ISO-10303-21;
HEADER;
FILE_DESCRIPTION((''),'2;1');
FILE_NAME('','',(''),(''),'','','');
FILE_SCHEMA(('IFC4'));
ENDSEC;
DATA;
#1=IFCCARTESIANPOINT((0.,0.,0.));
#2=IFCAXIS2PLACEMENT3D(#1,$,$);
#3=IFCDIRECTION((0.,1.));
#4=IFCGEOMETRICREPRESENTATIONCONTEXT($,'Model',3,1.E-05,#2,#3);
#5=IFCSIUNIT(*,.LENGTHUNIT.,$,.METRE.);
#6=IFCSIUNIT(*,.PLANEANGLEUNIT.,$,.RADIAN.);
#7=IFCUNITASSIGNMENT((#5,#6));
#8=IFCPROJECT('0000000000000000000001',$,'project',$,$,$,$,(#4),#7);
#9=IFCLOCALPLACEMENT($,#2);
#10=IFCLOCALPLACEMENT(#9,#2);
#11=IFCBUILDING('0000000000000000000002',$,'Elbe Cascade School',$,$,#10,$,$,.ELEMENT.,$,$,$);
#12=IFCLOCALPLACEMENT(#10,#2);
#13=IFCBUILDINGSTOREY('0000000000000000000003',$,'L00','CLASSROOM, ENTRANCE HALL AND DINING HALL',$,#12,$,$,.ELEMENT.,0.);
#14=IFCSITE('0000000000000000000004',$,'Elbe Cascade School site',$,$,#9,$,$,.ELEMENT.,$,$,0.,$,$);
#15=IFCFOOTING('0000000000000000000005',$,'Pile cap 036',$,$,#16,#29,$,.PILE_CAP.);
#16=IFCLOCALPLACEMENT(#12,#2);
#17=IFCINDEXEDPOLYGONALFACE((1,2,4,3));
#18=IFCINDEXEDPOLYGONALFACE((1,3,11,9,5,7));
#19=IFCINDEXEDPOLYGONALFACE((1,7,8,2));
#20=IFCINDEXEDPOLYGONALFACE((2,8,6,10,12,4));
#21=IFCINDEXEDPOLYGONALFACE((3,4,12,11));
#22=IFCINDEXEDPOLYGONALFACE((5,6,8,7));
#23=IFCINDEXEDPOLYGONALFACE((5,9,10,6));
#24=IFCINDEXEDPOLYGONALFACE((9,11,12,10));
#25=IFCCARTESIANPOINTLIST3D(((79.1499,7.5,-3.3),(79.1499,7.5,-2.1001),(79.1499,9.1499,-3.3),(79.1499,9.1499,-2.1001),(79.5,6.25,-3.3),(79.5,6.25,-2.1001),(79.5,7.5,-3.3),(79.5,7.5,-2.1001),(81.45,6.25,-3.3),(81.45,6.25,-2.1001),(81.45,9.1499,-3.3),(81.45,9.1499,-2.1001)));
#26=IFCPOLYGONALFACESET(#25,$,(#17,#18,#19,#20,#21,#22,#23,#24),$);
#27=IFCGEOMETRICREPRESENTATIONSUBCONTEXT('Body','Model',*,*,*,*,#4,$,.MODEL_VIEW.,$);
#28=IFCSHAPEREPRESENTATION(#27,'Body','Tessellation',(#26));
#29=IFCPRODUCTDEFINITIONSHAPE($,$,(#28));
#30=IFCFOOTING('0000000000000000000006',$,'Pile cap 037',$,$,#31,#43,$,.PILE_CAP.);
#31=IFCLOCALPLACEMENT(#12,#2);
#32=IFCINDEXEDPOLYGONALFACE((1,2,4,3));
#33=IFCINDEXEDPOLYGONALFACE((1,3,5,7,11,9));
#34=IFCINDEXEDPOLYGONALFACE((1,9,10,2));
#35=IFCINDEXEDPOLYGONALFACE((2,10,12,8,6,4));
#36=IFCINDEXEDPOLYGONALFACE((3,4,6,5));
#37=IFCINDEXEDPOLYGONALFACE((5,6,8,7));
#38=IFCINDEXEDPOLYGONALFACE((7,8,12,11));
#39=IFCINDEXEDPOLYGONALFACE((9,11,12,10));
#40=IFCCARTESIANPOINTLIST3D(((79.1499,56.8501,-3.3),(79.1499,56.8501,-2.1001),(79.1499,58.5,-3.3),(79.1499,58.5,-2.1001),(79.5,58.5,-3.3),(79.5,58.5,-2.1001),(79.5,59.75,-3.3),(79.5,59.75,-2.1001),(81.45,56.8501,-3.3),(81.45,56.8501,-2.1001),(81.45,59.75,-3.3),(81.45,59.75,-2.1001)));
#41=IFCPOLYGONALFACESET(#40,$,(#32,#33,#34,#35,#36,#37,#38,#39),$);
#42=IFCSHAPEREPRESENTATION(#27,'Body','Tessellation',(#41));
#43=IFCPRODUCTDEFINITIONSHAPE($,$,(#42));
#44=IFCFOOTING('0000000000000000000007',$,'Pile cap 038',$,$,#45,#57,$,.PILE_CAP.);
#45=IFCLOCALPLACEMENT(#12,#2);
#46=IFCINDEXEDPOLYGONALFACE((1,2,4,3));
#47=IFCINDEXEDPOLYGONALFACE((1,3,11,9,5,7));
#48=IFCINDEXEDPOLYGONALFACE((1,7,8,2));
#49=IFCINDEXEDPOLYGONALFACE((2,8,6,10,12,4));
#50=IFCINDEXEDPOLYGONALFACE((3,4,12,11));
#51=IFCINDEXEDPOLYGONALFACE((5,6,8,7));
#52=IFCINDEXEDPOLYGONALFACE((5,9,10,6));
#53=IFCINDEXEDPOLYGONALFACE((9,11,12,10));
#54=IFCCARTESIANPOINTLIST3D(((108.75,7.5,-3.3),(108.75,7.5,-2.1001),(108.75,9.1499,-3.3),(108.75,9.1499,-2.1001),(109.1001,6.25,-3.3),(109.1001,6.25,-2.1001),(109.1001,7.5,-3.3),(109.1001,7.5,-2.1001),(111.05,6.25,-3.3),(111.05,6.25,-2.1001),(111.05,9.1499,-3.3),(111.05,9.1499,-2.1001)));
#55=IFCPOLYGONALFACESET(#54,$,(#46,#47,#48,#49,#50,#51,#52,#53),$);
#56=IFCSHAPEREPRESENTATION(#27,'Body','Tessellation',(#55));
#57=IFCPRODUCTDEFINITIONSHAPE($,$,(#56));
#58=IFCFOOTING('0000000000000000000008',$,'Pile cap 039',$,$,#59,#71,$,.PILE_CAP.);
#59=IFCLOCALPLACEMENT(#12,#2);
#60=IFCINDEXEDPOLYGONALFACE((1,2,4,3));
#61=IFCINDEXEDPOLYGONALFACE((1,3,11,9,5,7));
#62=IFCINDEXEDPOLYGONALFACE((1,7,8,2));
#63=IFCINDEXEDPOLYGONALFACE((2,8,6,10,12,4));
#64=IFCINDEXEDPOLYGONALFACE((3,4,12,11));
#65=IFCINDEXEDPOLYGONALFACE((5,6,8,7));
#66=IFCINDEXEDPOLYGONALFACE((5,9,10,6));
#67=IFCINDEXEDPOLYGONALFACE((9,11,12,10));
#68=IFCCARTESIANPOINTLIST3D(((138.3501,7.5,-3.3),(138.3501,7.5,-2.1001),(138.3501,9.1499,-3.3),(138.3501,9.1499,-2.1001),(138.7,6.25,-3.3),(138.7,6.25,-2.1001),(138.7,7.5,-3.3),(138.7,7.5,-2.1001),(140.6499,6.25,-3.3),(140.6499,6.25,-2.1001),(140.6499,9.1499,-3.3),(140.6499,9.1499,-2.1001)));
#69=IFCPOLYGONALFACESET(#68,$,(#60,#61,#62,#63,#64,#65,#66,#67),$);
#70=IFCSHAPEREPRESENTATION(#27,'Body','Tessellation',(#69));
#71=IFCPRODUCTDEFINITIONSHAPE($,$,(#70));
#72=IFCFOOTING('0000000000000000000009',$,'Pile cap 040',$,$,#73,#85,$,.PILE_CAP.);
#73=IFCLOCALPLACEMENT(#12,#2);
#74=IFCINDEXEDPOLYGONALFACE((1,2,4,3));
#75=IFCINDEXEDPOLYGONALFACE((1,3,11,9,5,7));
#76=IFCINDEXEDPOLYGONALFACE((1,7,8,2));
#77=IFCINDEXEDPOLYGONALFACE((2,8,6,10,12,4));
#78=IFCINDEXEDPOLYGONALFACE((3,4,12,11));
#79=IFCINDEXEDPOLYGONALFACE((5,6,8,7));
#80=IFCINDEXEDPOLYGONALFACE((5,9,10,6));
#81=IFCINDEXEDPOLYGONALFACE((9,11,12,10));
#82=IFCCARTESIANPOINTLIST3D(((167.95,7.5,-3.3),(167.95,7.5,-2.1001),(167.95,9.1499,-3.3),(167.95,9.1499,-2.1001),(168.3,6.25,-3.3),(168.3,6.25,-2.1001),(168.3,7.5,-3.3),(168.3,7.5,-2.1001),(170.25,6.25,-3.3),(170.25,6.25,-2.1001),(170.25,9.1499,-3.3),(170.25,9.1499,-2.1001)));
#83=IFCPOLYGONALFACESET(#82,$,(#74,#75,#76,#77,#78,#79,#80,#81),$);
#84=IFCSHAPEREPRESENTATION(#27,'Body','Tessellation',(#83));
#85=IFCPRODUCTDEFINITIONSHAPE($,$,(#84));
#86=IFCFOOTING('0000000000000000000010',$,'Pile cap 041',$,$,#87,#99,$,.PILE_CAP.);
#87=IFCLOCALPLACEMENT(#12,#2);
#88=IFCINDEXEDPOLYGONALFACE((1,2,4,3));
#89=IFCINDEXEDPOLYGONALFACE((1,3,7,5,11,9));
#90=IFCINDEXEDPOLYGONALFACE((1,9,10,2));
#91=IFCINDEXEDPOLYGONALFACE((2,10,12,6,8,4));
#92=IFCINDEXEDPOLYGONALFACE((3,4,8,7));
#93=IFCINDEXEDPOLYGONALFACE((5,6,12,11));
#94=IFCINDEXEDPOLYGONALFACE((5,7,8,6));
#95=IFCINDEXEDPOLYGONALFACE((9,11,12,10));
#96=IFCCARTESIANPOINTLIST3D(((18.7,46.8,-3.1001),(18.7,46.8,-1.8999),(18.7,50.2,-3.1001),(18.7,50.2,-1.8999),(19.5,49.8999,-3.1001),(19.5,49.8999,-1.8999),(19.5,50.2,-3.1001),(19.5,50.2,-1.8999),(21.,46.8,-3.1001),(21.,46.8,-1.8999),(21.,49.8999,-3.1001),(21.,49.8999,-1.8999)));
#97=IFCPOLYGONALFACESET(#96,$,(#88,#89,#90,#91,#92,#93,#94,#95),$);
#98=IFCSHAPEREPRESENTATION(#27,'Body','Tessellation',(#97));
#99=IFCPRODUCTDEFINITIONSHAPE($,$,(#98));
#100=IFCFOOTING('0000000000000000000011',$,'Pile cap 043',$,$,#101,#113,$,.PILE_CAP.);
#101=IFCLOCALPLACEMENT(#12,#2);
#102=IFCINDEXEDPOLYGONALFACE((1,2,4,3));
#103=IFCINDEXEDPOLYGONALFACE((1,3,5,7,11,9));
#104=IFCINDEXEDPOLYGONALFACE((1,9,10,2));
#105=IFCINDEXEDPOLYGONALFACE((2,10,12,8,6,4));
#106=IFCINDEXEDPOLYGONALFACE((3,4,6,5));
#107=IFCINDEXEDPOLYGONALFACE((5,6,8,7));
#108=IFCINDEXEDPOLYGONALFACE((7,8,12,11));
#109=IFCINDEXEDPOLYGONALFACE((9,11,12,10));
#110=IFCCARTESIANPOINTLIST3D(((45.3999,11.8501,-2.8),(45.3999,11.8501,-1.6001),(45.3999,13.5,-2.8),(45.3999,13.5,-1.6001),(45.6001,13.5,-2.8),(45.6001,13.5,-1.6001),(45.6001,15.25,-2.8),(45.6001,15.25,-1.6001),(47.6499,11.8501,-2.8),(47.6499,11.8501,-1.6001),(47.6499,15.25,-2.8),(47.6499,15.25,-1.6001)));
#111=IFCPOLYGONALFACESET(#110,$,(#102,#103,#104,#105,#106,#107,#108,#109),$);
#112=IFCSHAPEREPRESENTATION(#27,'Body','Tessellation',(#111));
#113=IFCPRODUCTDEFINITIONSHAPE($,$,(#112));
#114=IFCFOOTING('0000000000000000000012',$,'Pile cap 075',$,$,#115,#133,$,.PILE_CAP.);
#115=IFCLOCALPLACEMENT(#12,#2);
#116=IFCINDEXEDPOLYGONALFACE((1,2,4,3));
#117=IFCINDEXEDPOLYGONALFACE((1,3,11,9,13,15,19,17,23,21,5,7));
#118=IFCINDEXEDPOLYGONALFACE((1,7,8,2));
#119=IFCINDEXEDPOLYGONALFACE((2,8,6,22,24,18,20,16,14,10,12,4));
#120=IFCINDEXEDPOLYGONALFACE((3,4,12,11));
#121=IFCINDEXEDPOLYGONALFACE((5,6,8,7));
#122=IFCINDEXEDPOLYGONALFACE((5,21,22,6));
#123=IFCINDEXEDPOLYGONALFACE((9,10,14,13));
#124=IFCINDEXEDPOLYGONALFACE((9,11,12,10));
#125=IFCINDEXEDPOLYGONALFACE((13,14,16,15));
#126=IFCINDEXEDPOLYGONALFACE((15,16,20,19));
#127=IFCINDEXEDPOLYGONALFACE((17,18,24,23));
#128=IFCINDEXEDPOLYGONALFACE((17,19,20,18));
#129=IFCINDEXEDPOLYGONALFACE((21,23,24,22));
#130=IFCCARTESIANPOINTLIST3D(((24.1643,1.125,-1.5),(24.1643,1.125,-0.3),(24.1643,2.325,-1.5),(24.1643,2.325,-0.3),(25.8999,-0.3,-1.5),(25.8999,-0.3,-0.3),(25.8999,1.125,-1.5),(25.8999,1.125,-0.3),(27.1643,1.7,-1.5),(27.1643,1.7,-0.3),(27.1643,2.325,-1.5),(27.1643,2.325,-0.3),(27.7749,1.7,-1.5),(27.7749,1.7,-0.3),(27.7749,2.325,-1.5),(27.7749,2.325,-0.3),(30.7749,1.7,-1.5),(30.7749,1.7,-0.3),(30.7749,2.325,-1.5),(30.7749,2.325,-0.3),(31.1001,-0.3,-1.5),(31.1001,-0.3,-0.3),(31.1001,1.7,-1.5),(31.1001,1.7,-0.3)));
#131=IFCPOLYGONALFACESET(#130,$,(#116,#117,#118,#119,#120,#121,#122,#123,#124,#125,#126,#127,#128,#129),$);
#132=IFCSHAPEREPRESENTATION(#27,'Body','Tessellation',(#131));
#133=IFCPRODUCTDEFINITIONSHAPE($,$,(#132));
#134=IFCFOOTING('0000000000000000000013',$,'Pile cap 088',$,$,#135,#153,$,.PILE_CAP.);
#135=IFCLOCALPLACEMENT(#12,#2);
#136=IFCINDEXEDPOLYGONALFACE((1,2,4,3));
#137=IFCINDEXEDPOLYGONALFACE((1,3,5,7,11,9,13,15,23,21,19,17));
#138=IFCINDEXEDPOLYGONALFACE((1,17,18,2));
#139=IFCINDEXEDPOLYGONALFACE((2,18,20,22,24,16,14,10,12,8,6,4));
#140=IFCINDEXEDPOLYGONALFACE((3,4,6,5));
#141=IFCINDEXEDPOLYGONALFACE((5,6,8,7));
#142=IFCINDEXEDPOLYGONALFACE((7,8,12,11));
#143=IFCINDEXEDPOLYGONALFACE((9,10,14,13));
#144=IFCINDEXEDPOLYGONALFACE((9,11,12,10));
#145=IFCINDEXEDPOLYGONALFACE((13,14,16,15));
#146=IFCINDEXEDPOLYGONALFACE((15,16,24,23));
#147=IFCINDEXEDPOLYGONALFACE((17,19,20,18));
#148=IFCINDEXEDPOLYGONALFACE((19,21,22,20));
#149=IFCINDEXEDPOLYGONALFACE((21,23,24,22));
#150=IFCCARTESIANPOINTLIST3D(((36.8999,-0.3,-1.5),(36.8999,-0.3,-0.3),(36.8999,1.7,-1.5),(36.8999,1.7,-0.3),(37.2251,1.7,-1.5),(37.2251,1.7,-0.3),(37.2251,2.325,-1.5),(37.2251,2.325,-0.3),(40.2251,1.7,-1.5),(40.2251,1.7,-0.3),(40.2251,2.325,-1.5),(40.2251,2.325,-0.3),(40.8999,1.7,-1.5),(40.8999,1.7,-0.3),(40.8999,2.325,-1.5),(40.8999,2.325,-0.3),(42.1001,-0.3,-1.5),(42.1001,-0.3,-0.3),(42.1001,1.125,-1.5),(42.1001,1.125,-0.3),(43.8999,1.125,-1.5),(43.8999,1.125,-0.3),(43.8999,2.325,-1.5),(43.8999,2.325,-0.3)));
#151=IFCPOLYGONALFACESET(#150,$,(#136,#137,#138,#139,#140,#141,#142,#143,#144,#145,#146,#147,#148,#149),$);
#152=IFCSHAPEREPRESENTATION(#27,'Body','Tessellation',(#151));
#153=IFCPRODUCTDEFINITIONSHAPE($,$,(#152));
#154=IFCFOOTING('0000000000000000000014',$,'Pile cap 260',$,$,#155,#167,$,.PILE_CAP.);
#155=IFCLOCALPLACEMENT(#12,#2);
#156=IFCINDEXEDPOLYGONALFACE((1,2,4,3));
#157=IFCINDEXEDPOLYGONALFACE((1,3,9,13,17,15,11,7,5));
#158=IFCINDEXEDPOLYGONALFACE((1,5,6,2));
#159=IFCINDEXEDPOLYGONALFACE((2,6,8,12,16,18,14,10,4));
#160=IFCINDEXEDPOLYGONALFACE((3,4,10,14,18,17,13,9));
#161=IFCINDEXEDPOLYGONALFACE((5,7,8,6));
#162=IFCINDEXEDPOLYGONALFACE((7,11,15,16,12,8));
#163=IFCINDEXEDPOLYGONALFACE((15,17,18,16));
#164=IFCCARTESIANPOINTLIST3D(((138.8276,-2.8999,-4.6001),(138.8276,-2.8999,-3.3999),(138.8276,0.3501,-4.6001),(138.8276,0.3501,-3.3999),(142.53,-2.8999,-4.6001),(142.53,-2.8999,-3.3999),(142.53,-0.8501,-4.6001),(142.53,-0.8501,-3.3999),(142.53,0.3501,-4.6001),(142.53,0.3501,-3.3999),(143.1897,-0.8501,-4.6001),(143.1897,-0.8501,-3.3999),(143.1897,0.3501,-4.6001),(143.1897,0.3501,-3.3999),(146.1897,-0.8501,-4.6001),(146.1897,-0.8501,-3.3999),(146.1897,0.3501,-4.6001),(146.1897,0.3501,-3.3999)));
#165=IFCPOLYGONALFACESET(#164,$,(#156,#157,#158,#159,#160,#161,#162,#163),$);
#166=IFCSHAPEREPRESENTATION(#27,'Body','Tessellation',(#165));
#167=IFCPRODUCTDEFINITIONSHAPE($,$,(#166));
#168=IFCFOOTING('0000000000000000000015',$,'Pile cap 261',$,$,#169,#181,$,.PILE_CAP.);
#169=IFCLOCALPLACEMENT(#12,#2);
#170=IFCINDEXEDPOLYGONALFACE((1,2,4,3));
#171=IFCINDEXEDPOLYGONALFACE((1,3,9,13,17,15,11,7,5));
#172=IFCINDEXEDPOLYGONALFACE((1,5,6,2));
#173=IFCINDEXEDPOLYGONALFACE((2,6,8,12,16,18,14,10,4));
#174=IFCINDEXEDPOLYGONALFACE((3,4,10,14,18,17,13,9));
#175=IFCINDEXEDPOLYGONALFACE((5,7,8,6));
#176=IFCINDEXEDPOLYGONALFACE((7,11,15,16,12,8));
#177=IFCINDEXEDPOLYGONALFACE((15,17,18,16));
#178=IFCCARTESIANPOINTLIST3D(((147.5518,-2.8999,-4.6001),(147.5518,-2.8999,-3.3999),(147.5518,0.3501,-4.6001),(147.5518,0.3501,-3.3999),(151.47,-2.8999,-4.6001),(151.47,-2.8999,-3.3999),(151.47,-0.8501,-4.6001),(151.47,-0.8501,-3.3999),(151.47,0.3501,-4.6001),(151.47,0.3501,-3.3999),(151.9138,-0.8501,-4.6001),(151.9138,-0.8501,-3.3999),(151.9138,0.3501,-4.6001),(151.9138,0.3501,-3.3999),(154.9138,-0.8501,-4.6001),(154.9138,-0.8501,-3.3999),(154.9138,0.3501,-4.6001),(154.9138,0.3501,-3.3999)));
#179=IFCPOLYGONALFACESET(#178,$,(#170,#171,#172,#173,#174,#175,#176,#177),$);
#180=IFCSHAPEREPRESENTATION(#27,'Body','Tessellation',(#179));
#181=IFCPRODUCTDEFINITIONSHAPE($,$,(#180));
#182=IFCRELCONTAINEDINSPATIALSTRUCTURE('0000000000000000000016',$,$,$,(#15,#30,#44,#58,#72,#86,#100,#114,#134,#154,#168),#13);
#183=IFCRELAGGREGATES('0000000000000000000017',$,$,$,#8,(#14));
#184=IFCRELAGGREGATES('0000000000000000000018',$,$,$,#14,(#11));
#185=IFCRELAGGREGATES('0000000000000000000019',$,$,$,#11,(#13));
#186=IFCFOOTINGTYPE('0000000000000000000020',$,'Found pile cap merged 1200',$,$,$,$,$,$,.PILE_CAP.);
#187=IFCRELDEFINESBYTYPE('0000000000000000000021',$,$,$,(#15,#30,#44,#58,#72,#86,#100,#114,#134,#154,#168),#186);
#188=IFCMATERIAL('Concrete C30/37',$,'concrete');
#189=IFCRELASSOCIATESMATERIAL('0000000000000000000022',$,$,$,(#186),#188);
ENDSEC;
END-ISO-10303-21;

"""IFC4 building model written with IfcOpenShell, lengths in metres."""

from ifc_helpers import new_model, si_unit, direction, frame, origin, place, context, subcontext, project, spatial, polyline, outline, extrude, material, type_object, element, save


model = new_model("IFC4")

# Units and contexts
model_context = context("Model", 3, precision=1e-05, world=origin(), true_north=direction((0.0, 1.0)))
body_context = subcontext(model_context, "Body", "Model", "MODEL_VIEW")
ifc_project = project(units=[si_unit("LENGTHUNIT", "METRE"), si_unit("PLANEANGLEUNIT", "RADIAN")], contexts=[model_context])

# Site, building, storey
site_placement = place(None, origin())
site = spatial("IfcSite", under=ifc_project, at=site_placement, Name="Elbe Cascade School site", CompositionType="ELEMENT", RefElevation=0.0)
building_placement = place(site_placement, origin())
building = spatial("IfcBuilding", under=site, at=building_placement, Name="Elbe Cascade School", CompositionType="ELEMENT")
storey_placement = place(building_placement, origin())
storey = spatial("IfcBuildingStorey", under=building, at=storey_placement, Name="L00", Description="CLASSROOM, ENTRANCE HALL AND DINING HALL", CompositionType="ELEMENT", Elevation=0.0)

# Footings
ifc_material_1 = material(Name="Concrete C30/37", Category="concrete")
footing_type = type_object("IfcFootingType", Name="Found pile cap merged 1200", PredefinedType="PILE_CAP", material=ifc_material_1)
footing_1_placement = place(storey_placement, frame((0.0, 0.0, -3.3)))
element("IfcFooting", 1, at=footing_1_placement, inside=storey, type_object=footing_type, Name="Pile cap 036", PredefinedType="PILE_CAP", context=body_context, shape_type="SweptSolid", body=[
    extrude(outline(polyline([(79.1499, 9.1499), (81.45, 9.1499), (81.45, 6.25), (79.5, 6.25), (79.5, 7.5), (79.1499, 7.5), (79.1499, 9.1499)])), origin(), (0.0, 0.0, 1.0), 1.2),
])
footing_2_placement = place(storey_placement, frame((0.0, 0.0, -3.3)))
element("IfcFooting", 2, at=footing_2_placement, inside=storey, type_object=footing_type, Name="Pile cap 037", PredefinedType="PILE_CAP", context=body_context, shape_type="SweptSolid", body=[
    extrude(outline(polyline([(81.45, 59.75), (81.45, 56.8501), (79.1499, 56.8501), (79.1499, 58.5), (79.5, 58.5), (79.5, 59.75), (81.45, 59.75)])), origin(), (0.0, 0.0, 1.0), 1.2),
])
footing_3_placement = place(storey_placement, frame((0.0, 0.0, -3.3)))
element("IfcFooting", 3, at=footing_3_placement, inside=storey, type_object=footing_type, Name="Pile cap 038", PredefinedType="PILE_CAP", context=body_context, shape_type="SweptSolid", body=[
    extrude(outline(polyline([(108.75, 9.1499), (111.05, 9.1499), (111.05, 6.25), (109.1001, 6.25), (109.1001, 7.5), (108.75, 7.5), (108.75, 9.1499)])), origin(), (0.0, 0.0, 1.0), 1.2),
])
footing_4_placement = place(storey_placement, frame((0.0, 0.0, -3.3)))
element("IfcFooting", 4, at=footing_4_placement, inside=storey, type_object=footing_type, Name="Pile cap 039", PredefinedType="PILE_CAP", context=body_context, shape_type="SweptSolid", body=[
    extrude(outline(polyline([(138.3501, 9.1499), (140.6499, 9.1499), (140.6499, 6.25), (138.7, 6.25), (138.7, 7.5), (138.3501, 7.5), (138.3501, 9.1499)])), origin(), (0.0, 0.0, 1.0), 1.2),
])
footing_5_placement = place(storey_placement, frame((0.0, 0.0, -3.3)))
element("IfcFooting", 5, at=footing_5_placement, inside=storey, type_object=footing_type, Name="Pile cap 040", PredefinedType="PILE_CAP", context=body_context, shape_type="SweptSolid", body=[
    extrude(outline(polyline([(167.95, 9.1499), (170.25, 9.1499), (170.25, 6.25), (168.3, 6.25), (168.3, 7.5), (167.95, 7.5), (167.95, 9.1499)])), origin(), (0.0, 0.0, 1.0), 1.2),
])
footing_6_placement = place(storey_placement, frame((0.0, 0.0, -3.1001)))
element("IfcFooting", 6, at=footing_6_placement, inside=storey, type_object=footing_type, Name="Pile cap 041", PredefinedType="PILE_CAP", context=body_context, shape_type="SweptSolid", body=[
    extrude(outline(polyline([(21.0, 46.8), (18.7, 46.8), (18.7, 50.2), (19.5, 50.2), (19.5, 49.8999), (21.0, 49.8999), (21.0, 46.8)])), origin(), (0.0, 0.0, 1.0), 1.2002),
])
footing_7_placement = place(storey_placement, frame((0.0, 0.0, -2.8)))
element("IfcFooting", 7, at=footing_7_placement, inside=storey, type_object=footing_type, Name="Pile cap 043", PredefinedType="PILE_CAP", context=body_context, shape_type="SweptSolid", body=[
    extrude(outline(polyline([(47.6499, 15.25), (47.6499, 11.8501), (45.3999, 11.8501), (45.3999, 13.5), (45.6001, 13.5), (45.6001, 15.25), (47.6499, 15.25)])), origin(), (0.0, 0.0, 1.0), 1.2),
])
footing_8_placement = place(storey_placement, frame((0.0, 0.0, -1.5)))
element("IfcFooting", 8, at=footing_8_placement, inside=storey, type_object=footing_type, Name="Pile cap 075", PredefinedType="PILE_CAP", context=body_context, shape_type="SweptSolid", body=[
    extrude(outline(polyline([(31.1001, 1.7), (31.1001, -0.3), (25.8999, -0.3), (25.8999, 1.125), (24.1643, 1.125), (24.1643, 2.325), (27.1643, 2.325), (27.1643, 1.7), (27.7749, 1.7), (27.7749, 2.325), (30.7749, 2.325), (30.7749, 1.7), (31.1001, 1.7)])), origin(), (0.0, 0.0, 1.0), 1.2),
])
footing_9_placement = place(storey_placement, frame((0.0, 0.0, -1.5)))
element("IfcFooting", 9, at=footing_9_placement, inside=storey, type_object=footing_type, Name="Pile cap 088", PredefinedType="PILE_CAP", context=body_context, shape_type="SweptSolid", body=[
    extrude(outline(polyline([(42.1001, -0.3), (36.8999, -0.3), (36.8999, 1.7), (37.2251, 1.7), (37.2251, 2.325), (40.2251, 2.325), (40.2251, 1.7), (40.8999, 1.7), (40.8999, 2.325), (43.8999, 2.325), (43.8999, 1.125), (42.1001, 1.125), (42.1001, -0.3)])), origin(), (0.0, 0.0, 1.0), 1.2),
])
footing_10_placement = place(storey_placement, frame((0.0, 0.0, -4.6001)))
element("IfcFooting", 10, at=footing_10_placement, inside=storey, type_object=footing_type, Name="Pile cap 260", PredefinedType="PILE_CAP", context=body_context, shape_type="SweptSolid", body=[
    extrude(outline(polyline([(142.53, -2.8999), (138.8276, -2.8999), (138.8276, 0.3501), (142.53, 0.3501), (143.1897, 0.3501), (146.1897, 0.3501), (146.1897, -0.8501), (143.1897, -0.8501), (142.53, -0.8501), (142.53, -2.8999)])), origin(), (0.0, 0.0, 1.0), 1.2002),
])
footing_11_placement = place(storey_placement, frame((0.0, 0.0, -4.6001)))
element("IfcFooting", 11, at=footing_11_placement, inside=storey, type_object=footing_type, Name="Pile cap 261", PredefinedType="PILE_CAP", context=body_context, shape_type="SweptSolid", body=[
    extrude(outline(polyline([(151.47, -2.8999), (147.5518, -2.8999), (147.5518, 0.3501), (151.47, 0.3501), (151.9138, 0.3501), (154.9138, 0.3501), (154.9138, -0.8501), (151.9138, -0.8501), (151.47, -0.8501), (151.47, -2.8999)])), origin(), (0.0, 0.0, 1.0), 1.2002),
])

save(model, "model.ifc")
